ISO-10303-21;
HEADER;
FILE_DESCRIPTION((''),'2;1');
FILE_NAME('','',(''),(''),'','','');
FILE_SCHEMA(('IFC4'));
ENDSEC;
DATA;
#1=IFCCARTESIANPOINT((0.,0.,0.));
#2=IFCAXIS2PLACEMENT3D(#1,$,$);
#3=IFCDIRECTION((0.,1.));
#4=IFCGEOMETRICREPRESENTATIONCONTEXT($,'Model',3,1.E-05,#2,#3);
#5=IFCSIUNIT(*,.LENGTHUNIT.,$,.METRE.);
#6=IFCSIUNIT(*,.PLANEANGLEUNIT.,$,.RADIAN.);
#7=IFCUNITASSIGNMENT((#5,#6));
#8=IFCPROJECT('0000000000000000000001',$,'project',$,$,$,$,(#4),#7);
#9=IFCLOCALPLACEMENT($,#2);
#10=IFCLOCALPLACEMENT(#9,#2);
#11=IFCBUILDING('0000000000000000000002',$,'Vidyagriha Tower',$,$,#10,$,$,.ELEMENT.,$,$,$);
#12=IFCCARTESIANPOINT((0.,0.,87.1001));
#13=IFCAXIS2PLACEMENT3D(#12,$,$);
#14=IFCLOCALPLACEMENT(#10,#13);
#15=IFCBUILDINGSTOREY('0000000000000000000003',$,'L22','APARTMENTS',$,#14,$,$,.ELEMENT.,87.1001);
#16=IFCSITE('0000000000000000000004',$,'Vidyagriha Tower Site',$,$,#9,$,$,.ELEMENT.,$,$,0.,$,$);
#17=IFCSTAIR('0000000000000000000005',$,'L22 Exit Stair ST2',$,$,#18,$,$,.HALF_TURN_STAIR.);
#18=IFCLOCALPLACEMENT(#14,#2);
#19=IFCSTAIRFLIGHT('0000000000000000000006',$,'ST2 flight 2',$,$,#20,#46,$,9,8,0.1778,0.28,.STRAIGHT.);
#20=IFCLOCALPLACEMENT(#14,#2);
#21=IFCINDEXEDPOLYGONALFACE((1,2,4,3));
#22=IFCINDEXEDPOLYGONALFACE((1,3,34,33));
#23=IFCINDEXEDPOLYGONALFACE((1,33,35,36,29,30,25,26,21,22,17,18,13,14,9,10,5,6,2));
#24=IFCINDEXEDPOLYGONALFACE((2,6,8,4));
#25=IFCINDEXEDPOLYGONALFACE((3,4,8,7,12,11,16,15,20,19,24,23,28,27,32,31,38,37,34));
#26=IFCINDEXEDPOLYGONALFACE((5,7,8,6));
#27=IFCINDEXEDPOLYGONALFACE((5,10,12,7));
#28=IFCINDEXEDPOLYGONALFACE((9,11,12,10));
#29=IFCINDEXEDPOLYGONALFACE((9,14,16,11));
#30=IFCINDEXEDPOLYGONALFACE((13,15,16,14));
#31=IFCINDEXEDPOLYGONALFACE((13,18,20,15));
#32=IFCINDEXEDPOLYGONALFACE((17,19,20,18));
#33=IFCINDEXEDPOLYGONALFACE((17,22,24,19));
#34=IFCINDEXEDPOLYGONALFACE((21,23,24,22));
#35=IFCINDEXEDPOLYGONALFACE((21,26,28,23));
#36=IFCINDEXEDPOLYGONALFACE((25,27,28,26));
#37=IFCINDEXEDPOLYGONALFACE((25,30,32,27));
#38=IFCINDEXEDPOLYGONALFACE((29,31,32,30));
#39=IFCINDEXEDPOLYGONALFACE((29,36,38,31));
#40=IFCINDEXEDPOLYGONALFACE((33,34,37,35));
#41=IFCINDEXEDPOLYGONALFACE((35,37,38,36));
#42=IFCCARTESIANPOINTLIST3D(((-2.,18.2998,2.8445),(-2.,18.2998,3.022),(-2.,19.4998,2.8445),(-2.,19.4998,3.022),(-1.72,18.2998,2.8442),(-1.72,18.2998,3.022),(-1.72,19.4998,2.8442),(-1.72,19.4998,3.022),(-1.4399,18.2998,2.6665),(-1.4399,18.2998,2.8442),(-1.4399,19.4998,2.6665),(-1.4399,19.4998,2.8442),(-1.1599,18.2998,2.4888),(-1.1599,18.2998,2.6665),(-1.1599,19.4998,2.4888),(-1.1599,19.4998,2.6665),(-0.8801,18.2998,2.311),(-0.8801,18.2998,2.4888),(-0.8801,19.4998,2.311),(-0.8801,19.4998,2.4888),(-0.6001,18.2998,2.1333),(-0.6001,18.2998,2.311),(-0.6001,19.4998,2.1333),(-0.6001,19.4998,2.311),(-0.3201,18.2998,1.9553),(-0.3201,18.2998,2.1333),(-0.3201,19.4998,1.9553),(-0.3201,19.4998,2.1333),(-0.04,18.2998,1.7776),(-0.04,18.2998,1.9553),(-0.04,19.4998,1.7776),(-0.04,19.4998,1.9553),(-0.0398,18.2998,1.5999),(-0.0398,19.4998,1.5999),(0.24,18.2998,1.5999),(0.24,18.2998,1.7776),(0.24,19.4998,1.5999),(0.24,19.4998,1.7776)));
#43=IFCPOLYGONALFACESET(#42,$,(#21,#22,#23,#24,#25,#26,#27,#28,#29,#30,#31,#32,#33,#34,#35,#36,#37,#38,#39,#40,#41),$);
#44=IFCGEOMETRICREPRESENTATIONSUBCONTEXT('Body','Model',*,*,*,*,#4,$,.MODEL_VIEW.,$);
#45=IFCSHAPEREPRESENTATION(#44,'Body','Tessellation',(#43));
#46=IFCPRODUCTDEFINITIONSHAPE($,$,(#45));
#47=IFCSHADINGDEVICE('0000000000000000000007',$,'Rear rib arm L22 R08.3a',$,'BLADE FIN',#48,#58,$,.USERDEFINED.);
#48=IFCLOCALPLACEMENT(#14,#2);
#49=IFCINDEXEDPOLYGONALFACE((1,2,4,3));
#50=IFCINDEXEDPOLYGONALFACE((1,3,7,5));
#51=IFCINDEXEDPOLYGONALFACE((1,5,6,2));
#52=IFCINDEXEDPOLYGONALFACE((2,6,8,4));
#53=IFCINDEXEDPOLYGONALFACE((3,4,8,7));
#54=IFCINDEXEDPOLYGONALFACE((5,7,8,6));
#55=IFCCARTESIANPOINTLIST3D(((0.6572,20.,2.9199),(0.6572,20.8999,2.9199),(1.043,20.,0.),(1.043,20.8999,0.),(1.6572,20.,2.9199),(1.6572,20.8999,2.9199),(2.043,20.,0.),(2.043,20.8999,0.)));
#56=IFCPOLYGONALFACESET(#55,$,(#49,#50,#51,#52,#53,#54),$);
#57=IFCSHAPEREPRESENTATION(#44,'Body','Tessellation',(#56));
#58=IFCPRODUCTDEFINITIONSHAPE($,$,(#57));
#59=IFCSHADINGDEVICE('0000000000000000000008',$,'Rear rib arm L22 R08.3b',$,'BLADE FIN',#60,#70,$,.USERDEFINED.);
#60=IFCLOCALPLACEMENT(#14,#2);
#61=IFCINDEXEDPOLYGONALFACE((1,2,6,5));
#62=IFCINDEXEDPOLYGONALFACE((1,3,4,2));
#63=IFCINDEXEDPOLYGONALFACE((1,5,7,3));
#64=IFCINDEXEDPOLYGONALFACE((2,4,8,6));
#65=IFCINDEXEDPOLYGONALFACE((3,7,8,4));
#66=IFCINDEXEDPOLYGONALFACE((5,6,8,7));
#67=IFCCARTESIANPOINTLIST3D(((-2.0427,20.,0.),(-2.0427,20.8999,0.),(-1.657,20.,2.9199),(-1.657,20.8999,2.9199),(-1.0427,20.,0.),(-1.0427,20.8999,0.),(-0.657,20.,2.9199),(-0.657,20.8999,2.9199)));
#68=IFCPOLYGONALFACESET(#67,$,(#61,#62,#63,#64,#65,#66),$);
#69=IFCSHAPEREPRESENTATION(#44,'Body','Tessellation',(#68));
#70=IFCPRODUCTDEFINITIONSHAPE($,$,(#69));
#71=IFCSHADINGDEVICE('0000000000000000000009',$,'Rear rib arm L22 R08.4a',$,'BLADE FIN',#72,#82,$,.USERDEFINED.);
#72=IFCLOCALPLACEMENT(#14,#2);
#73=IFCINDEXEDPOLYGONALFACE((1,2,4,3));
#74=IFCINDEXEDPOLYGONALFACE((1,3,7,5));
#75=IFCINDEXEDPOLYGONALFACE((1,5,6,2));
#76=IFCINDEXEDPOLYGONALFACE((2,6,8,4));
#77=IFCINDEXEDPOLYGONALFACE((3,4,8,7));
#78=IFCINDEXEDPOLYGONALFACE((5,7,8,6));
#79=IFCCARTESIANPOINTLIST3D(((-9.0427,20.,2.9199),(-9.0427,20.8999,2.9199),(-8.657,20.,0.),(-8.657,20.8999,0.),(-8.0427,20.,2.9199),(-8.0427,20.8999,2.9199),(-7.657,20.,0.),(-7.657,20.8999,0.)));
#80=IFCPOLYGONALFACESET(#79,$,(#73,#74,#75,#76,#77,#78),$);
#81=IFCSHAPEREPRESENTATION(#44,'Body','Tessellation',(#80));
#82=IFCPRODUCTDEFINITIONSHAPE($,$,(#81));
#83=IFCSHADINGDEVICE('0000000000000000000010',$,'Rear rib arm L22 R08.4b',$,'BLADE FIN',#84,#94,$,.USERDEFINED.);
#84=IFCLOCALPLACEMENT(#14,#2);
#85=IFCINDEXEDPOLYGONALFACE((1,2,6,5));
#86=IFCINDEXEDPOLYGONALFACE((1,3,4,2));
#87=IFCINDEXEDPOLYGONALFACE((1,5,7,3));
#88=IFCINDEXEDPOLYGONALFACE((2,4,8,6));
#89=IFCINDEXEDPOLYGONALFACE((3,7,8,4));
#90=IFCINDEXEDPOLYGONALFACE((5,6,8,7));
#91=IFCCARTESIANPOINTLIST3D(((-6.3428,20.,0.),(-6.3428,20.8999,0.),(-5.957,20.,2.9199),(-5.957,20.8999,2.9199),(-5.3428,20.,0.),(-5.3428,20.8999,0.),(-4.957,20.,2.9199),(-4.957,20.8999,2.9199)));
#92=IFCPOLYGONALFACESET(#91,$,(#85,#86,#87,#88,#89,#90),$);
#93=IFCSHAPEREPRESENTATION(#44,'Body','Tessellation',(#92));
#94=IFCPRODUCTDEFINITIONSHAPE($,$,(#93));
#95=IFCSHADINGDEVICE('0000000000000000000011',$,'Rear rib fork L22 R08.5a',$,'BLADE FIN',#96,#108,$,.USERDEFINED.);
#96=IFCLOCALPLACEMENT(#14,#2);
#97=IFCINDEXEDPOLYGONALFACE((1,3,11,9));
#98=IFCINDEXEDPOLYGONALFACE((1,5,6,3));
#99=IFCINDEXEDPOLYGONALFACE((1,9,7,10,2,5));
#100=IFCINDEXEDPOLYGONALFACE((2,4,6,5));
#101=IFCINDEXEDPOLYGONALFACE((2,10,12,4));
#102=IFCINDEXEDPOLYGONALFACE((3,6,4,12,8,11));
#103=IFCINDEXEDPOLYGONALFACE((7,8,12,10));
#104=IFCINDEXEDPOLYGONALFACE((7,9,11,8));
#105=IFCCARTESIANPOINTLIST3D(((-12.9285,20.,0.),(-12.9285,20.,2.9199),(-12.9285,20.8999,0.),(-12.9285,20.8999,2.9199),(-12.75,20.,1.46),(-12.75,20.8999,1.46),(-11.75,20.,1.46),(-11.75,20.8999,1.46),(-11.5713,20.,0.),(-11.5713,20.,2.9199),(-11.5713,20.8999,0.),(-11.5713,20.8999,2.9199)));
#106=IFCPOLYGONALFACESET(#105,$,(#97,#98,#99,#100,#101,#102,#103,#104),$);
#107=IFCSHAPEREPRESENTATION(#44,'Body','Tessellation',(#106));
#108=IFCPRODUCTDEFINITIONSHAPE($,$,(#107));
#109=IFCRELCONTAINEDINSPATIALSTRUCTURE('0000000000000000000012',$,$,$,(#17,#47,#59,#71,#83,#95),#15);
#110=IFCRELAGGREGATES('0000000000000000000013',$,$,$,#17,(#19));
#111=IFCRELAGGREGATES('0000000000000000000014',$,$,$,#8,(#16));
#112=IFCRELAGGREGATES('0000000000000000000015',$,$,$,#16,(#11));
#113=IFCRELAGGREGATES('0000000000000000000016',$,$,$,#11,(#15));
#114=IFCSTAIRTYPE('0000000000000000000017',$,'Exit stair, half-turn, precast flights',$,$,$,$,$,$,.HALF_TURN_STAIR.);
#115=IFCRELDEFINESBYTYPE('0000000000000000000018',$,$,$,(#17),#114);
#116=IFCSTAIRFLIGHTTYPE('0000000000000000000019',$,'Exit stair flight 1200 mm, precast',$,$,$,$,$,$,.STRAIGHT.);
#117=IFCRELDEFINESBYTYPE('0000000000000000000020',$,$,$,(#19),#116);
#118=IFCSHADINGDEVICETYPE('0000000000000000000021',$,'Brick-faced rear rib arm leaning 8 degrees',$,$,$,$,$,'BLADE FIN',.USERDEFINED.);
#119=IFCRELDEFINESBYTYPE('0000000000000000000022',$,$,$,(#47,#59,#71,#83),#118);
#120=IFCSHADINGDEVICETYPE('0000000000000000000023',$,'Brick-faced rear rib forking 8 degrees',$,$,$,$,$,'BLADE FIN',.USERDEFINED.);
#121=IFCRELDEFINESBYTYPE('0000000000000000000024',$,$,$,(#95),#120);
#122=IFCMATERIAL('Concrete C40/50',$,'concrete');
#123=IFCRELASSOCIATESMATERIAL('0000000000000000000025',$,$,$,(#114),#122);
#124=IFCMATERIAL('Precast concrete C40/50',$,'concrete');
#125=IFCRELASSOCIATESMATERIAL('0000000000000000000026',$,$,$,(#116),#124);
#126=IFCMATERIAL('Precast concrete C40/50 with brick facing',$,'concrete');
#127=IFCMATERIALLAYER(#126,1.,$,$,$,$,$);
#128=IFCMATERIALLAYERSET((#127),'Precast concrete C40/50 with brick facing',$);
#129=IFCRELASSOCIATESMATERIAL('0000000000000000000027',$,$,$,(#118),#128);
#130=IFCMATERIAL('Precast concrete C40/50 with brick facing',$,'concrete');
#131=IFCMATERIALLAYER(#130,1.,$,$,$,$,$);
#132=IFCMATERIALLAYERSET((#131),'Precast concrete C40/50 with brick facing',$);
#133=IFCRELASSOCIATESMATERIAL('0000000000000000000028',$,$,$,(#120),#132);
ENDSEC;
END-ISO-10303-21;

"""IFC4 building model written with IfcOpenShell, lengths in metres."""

from ifc_helpers import new_model, si_unit, direction, frame, origin, place, context, subcontext, project, spatial, polyline, outline, extrude, material, layer, layer_set, type_object, element, aggregate, save


model = new_model("IFC4")

# Units and contexts
model_context = context("Model", 3, precision=1e-05, world=origin(), true_north=direction((0.0, 1.0)))
body_context = subcontext(model_context, "Body", "Model", "MODEL_VIEW")
ifc_project = project(units=[si_unit("LENGTHUNIT", "METRE"), si_unit("PLANEANGLEUNIT", "RADIAN")], contexts=[model_context])

# Site, building, storey
site_placement = place(None, origin())
site = spatial("IfcSite", under=ifc_project, at=site_placement, Name="Vidyagriha Tower Site", CompositionType="ELEMENT", RefElevation=0.0)
building_placement = place(site_placement, origin())
building = spatial("IfcBuilding", under=site, at=building_placement, Name="Vidyagriha Tower", CompositionType="ELEMENT")
storey_placement = place(building_placement, frame((0.0, 0.0, 87.1001)))
storey = spatial("IfcBuildingStorey", under=building, at=storey_placement, Name="L22", Description="APARTMENTS", CompositionType="ELEMENT", Elevation=87.1001)

# Stair, stair flight
ifc_material_1 = material(Name="Concrete C40/50", Category="concrete")
stair_type = type_object("IfcStairType", Name="Exit stair, half-turn, precast flights", PredefinedType="HALF_TURN_STAIR", material=ifc_material_1)
ifc_material_2 = material(Name="Precast concrete C40/50", Category="concrete")
stair_flight_type = type_object("IfcStairFlightType", Name="Exit stair flight 1200 mm, precast", PredefinedType="STRAIGHT", material=ifc_material_2)
stair_1_placement = place(storey_placement, origin())
stair_1 = element("IfcStair", 1, at=stair_1_placement, inside=storey, type_object=stair_type, Name="L22 Exit Stair ST2", PredefinedType="HALF_TURN_STAIR")
stair_flight_1_placement = place(storey_placement, frame((0.24, 18.8999, 1.5999), z_axis=(0.0, 0.0, 1.0), x_axis=(-1.0, 0.0, 0.0)))
stair_flight_1 = element("IfcStairFlight", 2, at=stair_flight_1_placement, type_object=stair_flight_type, Name="ST2 flight 2", NumberOfRisers=9, NumberOfTreads=8, PredefinedType="STRAIGHT", RiserHeight=0.1778, TreadLength=0.28, context=body_context, shape_type="SweptSolid", body=[
    extrude(outline(polyline([(0.0, 0.0), (0.0, 0.1777), (0.28, 0.1777), (0.28, 0.3555), (0.5601, 0.3555), (0.5601, 0.5334), (0.8401, 0.5334), (0.8401, 0.7112), (1.1201, 0.7112), (1.1201, 0.8889), (1.3999, 0.8889), (1.3999, 1.0667), (1.6799, 1.0667), (1.6799, 1.2444), (1.96, 1.2444), (1.96, 1.4221), (2.24, 1.4221), (2.24, 1.6001), (2.24, 1.2446), (0.2798, 0.0), (0.0, 0.0)])), frame((0.0, 0.6001, 0.0), z_axis=(0.0, -1.0, 0.0), x_axis=(1.0, 0.0, 0.0)), (0.0, 0.0, 1.0), 1.2),
])
aggregate(stair_1, [stair_flight_1])

# Shading devices
ifc_material_3 = material(Name="Precast concrete C40/50 with brick facing", Category="concrete")
ifc_layer_1 = layer(ifc_material_3, 1.0)
ifc_layer_set_1 = layer_set([ifc_layer_1], Name="Precast concrete C40/50 with brick facing")
shading_device_type_1 = type_object("IfcShadingDeviceType", Name="Brick-faced rear rib arm leaning 8 degrees", ElementType="BLADE FIN", PredefinedType="USERDEFINED", material=ifc_layer_set_1)
shading_device_1_placement = place(storey_placement, frame((2.043, 20.45, 0.0), z_axis=(0.0, 0.0, 1.0), x_axis=(-1.0, 0.0, 0.0)))
element("IfcShadingDevice", 3, at=shading_device_1_placement, inside=storey, type_object=shading_device_type_1, Name="Rear rib arm L22 R08.3a", ObjectType="BLADE FIN", PredefinedType="USERDEFINED", context=body_context, shape_type="SweptSolid", body=[
    extrude(outline(polyline([(0.0, 0.0), (1.0, 0.0), (1.3857, 2.9199), (0.3857, 2.9199), (0.0, 0.0)])), frame((0.0, 0.45, 0.0), z_axis=(0.0, -1.0, 0.0), x_axis=(1.0, 0.0, 0.0)), (0.0, 0.0, 1.0), 0.8999),
])
shading_device_2_placement = place(storey_placement, frame((-0.657, 20.45, 0.0), z_axis=(0.0, 0.0, 1.0), x_axis=(-1.0, 0.0, 0.0)))
element("IfcShadingDevice", 4, at=shading_device_2_placement, inside=storey, type_object=shading_device_type_1, Name="Rear rib arm L22 R08.3b", ObjectType="BLADE FIN", PredefinedType="USERDEFINED", context=body_context, shape_type="SweptSolid", body=[
    extrude(outline(polyline([(0.3857, 0.0), (1.3857, 0.0), (1.0, 2.9199), (0.0, 2.9199), (0.3857, 0.0)])), frame((0.0, 0.45, 0.0), z_axis=(0.0, -1.0, 0.0), x_axis=(1.0, 0.0, 0.0)), (0.0, 0.0, 1.0), 0.8999),
])
shading_device_3_placement = place(storey_placement, frame((-7.657, 20.45, 0.0), z_axis=(0.0, 0.0, 1.0), x_axis=(-1.0, 0.0, 0.0)))
element("IfcShadingDevice", 5, at=shading_device_3_placement, inside=storey, type_object=shading_device_type_1, Name="Rear rib arm L22 R08.4a", ObjectType="BLADE FIN", PredefinedType="USERDEFINED", context=body_context, shape_type="SweptSolid", body=[
    extrude(outline(polyline([(0.0, 0.0), (1.0, 0.0), (1.3857, 2.9199), (0.3857, 2.9199), (0.0, 0.0)])), frame((0.0, 0.45, 0.0), z_axis=(0.0, -1.0, 0.0), x_axis=(1.0, 0.0, 0.0)), (0.0, 0.0, 1.0), 0.8999),
])
shading_device_4_placement = place(storey_placement, frame((-4.957, 20.45, 0.0), z_axis=(0.0, 0.0, 1.0), x_axis=(-1.0, 0.0, 0.0)))
element("IfcShadingDevice", 6, at=shading_device_4_placement, inside=storey, type_object=shading_device_type_1, Name="Rear rib arm L22 R08.4b", ObjectType="BLADE FIN", PredefinedType="USERDEFINED", context=body_context, shape_type="SweptSolid", body=[
    extrude(outline(polyline([(0.3857, 0.0), (1.3857, 0.0), (1.0, 2.9199), (0.0, 2.9199), (0.3857, 0.0)])), frame((0.0, 0.45, 0.0), z_axis=(0.0, -1.0, 0.0), x_axis=(1.0, 0.0, 0.0)), (0.0, 0.0, 1.0), 0.8999),
])
ifc_material_4 = material(Name="Precast concrete C40/50 with brick facing", Category="concrete")
ifc_layer_2 = layer(ifc_material_4, 1.0)
ifc_layer_set_2 = layer_set([ifc_layer_2], Name="Precast concrete C40/50 with brick facing")
shading_device_type_2 = type_object("IfcShadingDeviceType", Name="Brick-faced rear rib forking 8 degrees", ElementType="BLADE FIN", PredefinedType="USERDEFINED", material=ifc_layer_set_2)
shading_device_5_placement = place(storey_placement, frame((-11.5713, 20.45, 0.0), z_axis=(0.0, 0.0, 1.0), x_axis=(-1.0, 0.0, 0.0)))
element("IfcShadingDevice", 7, at=shading_device_5_placement, inside=storey, type_object=shading_device_type_2, Name="Rear rib fork L22 R08.5a", ObjectType="BLADE FIN", PredefinedType="USERDEFINED", context=body_context, shape_type="SweptSolid", body=[
    extrude(outline(polyline([(0.0, 0.0), (1.3572, 0.0), (1.1787, 1.46), (1.3572, 2.9199), (0.0, 2.9199), (0.1787, 1.46), (0.0, 0.0)])), frame((0.0, 0.45, 0.0), z_axis=(0.0, -1.0, 0.0), x_axis=(1.0, 0.0, 0.0)), (0.0, 0.0, 1.0), 0.8999),
])

save(model, "model.ifc")
